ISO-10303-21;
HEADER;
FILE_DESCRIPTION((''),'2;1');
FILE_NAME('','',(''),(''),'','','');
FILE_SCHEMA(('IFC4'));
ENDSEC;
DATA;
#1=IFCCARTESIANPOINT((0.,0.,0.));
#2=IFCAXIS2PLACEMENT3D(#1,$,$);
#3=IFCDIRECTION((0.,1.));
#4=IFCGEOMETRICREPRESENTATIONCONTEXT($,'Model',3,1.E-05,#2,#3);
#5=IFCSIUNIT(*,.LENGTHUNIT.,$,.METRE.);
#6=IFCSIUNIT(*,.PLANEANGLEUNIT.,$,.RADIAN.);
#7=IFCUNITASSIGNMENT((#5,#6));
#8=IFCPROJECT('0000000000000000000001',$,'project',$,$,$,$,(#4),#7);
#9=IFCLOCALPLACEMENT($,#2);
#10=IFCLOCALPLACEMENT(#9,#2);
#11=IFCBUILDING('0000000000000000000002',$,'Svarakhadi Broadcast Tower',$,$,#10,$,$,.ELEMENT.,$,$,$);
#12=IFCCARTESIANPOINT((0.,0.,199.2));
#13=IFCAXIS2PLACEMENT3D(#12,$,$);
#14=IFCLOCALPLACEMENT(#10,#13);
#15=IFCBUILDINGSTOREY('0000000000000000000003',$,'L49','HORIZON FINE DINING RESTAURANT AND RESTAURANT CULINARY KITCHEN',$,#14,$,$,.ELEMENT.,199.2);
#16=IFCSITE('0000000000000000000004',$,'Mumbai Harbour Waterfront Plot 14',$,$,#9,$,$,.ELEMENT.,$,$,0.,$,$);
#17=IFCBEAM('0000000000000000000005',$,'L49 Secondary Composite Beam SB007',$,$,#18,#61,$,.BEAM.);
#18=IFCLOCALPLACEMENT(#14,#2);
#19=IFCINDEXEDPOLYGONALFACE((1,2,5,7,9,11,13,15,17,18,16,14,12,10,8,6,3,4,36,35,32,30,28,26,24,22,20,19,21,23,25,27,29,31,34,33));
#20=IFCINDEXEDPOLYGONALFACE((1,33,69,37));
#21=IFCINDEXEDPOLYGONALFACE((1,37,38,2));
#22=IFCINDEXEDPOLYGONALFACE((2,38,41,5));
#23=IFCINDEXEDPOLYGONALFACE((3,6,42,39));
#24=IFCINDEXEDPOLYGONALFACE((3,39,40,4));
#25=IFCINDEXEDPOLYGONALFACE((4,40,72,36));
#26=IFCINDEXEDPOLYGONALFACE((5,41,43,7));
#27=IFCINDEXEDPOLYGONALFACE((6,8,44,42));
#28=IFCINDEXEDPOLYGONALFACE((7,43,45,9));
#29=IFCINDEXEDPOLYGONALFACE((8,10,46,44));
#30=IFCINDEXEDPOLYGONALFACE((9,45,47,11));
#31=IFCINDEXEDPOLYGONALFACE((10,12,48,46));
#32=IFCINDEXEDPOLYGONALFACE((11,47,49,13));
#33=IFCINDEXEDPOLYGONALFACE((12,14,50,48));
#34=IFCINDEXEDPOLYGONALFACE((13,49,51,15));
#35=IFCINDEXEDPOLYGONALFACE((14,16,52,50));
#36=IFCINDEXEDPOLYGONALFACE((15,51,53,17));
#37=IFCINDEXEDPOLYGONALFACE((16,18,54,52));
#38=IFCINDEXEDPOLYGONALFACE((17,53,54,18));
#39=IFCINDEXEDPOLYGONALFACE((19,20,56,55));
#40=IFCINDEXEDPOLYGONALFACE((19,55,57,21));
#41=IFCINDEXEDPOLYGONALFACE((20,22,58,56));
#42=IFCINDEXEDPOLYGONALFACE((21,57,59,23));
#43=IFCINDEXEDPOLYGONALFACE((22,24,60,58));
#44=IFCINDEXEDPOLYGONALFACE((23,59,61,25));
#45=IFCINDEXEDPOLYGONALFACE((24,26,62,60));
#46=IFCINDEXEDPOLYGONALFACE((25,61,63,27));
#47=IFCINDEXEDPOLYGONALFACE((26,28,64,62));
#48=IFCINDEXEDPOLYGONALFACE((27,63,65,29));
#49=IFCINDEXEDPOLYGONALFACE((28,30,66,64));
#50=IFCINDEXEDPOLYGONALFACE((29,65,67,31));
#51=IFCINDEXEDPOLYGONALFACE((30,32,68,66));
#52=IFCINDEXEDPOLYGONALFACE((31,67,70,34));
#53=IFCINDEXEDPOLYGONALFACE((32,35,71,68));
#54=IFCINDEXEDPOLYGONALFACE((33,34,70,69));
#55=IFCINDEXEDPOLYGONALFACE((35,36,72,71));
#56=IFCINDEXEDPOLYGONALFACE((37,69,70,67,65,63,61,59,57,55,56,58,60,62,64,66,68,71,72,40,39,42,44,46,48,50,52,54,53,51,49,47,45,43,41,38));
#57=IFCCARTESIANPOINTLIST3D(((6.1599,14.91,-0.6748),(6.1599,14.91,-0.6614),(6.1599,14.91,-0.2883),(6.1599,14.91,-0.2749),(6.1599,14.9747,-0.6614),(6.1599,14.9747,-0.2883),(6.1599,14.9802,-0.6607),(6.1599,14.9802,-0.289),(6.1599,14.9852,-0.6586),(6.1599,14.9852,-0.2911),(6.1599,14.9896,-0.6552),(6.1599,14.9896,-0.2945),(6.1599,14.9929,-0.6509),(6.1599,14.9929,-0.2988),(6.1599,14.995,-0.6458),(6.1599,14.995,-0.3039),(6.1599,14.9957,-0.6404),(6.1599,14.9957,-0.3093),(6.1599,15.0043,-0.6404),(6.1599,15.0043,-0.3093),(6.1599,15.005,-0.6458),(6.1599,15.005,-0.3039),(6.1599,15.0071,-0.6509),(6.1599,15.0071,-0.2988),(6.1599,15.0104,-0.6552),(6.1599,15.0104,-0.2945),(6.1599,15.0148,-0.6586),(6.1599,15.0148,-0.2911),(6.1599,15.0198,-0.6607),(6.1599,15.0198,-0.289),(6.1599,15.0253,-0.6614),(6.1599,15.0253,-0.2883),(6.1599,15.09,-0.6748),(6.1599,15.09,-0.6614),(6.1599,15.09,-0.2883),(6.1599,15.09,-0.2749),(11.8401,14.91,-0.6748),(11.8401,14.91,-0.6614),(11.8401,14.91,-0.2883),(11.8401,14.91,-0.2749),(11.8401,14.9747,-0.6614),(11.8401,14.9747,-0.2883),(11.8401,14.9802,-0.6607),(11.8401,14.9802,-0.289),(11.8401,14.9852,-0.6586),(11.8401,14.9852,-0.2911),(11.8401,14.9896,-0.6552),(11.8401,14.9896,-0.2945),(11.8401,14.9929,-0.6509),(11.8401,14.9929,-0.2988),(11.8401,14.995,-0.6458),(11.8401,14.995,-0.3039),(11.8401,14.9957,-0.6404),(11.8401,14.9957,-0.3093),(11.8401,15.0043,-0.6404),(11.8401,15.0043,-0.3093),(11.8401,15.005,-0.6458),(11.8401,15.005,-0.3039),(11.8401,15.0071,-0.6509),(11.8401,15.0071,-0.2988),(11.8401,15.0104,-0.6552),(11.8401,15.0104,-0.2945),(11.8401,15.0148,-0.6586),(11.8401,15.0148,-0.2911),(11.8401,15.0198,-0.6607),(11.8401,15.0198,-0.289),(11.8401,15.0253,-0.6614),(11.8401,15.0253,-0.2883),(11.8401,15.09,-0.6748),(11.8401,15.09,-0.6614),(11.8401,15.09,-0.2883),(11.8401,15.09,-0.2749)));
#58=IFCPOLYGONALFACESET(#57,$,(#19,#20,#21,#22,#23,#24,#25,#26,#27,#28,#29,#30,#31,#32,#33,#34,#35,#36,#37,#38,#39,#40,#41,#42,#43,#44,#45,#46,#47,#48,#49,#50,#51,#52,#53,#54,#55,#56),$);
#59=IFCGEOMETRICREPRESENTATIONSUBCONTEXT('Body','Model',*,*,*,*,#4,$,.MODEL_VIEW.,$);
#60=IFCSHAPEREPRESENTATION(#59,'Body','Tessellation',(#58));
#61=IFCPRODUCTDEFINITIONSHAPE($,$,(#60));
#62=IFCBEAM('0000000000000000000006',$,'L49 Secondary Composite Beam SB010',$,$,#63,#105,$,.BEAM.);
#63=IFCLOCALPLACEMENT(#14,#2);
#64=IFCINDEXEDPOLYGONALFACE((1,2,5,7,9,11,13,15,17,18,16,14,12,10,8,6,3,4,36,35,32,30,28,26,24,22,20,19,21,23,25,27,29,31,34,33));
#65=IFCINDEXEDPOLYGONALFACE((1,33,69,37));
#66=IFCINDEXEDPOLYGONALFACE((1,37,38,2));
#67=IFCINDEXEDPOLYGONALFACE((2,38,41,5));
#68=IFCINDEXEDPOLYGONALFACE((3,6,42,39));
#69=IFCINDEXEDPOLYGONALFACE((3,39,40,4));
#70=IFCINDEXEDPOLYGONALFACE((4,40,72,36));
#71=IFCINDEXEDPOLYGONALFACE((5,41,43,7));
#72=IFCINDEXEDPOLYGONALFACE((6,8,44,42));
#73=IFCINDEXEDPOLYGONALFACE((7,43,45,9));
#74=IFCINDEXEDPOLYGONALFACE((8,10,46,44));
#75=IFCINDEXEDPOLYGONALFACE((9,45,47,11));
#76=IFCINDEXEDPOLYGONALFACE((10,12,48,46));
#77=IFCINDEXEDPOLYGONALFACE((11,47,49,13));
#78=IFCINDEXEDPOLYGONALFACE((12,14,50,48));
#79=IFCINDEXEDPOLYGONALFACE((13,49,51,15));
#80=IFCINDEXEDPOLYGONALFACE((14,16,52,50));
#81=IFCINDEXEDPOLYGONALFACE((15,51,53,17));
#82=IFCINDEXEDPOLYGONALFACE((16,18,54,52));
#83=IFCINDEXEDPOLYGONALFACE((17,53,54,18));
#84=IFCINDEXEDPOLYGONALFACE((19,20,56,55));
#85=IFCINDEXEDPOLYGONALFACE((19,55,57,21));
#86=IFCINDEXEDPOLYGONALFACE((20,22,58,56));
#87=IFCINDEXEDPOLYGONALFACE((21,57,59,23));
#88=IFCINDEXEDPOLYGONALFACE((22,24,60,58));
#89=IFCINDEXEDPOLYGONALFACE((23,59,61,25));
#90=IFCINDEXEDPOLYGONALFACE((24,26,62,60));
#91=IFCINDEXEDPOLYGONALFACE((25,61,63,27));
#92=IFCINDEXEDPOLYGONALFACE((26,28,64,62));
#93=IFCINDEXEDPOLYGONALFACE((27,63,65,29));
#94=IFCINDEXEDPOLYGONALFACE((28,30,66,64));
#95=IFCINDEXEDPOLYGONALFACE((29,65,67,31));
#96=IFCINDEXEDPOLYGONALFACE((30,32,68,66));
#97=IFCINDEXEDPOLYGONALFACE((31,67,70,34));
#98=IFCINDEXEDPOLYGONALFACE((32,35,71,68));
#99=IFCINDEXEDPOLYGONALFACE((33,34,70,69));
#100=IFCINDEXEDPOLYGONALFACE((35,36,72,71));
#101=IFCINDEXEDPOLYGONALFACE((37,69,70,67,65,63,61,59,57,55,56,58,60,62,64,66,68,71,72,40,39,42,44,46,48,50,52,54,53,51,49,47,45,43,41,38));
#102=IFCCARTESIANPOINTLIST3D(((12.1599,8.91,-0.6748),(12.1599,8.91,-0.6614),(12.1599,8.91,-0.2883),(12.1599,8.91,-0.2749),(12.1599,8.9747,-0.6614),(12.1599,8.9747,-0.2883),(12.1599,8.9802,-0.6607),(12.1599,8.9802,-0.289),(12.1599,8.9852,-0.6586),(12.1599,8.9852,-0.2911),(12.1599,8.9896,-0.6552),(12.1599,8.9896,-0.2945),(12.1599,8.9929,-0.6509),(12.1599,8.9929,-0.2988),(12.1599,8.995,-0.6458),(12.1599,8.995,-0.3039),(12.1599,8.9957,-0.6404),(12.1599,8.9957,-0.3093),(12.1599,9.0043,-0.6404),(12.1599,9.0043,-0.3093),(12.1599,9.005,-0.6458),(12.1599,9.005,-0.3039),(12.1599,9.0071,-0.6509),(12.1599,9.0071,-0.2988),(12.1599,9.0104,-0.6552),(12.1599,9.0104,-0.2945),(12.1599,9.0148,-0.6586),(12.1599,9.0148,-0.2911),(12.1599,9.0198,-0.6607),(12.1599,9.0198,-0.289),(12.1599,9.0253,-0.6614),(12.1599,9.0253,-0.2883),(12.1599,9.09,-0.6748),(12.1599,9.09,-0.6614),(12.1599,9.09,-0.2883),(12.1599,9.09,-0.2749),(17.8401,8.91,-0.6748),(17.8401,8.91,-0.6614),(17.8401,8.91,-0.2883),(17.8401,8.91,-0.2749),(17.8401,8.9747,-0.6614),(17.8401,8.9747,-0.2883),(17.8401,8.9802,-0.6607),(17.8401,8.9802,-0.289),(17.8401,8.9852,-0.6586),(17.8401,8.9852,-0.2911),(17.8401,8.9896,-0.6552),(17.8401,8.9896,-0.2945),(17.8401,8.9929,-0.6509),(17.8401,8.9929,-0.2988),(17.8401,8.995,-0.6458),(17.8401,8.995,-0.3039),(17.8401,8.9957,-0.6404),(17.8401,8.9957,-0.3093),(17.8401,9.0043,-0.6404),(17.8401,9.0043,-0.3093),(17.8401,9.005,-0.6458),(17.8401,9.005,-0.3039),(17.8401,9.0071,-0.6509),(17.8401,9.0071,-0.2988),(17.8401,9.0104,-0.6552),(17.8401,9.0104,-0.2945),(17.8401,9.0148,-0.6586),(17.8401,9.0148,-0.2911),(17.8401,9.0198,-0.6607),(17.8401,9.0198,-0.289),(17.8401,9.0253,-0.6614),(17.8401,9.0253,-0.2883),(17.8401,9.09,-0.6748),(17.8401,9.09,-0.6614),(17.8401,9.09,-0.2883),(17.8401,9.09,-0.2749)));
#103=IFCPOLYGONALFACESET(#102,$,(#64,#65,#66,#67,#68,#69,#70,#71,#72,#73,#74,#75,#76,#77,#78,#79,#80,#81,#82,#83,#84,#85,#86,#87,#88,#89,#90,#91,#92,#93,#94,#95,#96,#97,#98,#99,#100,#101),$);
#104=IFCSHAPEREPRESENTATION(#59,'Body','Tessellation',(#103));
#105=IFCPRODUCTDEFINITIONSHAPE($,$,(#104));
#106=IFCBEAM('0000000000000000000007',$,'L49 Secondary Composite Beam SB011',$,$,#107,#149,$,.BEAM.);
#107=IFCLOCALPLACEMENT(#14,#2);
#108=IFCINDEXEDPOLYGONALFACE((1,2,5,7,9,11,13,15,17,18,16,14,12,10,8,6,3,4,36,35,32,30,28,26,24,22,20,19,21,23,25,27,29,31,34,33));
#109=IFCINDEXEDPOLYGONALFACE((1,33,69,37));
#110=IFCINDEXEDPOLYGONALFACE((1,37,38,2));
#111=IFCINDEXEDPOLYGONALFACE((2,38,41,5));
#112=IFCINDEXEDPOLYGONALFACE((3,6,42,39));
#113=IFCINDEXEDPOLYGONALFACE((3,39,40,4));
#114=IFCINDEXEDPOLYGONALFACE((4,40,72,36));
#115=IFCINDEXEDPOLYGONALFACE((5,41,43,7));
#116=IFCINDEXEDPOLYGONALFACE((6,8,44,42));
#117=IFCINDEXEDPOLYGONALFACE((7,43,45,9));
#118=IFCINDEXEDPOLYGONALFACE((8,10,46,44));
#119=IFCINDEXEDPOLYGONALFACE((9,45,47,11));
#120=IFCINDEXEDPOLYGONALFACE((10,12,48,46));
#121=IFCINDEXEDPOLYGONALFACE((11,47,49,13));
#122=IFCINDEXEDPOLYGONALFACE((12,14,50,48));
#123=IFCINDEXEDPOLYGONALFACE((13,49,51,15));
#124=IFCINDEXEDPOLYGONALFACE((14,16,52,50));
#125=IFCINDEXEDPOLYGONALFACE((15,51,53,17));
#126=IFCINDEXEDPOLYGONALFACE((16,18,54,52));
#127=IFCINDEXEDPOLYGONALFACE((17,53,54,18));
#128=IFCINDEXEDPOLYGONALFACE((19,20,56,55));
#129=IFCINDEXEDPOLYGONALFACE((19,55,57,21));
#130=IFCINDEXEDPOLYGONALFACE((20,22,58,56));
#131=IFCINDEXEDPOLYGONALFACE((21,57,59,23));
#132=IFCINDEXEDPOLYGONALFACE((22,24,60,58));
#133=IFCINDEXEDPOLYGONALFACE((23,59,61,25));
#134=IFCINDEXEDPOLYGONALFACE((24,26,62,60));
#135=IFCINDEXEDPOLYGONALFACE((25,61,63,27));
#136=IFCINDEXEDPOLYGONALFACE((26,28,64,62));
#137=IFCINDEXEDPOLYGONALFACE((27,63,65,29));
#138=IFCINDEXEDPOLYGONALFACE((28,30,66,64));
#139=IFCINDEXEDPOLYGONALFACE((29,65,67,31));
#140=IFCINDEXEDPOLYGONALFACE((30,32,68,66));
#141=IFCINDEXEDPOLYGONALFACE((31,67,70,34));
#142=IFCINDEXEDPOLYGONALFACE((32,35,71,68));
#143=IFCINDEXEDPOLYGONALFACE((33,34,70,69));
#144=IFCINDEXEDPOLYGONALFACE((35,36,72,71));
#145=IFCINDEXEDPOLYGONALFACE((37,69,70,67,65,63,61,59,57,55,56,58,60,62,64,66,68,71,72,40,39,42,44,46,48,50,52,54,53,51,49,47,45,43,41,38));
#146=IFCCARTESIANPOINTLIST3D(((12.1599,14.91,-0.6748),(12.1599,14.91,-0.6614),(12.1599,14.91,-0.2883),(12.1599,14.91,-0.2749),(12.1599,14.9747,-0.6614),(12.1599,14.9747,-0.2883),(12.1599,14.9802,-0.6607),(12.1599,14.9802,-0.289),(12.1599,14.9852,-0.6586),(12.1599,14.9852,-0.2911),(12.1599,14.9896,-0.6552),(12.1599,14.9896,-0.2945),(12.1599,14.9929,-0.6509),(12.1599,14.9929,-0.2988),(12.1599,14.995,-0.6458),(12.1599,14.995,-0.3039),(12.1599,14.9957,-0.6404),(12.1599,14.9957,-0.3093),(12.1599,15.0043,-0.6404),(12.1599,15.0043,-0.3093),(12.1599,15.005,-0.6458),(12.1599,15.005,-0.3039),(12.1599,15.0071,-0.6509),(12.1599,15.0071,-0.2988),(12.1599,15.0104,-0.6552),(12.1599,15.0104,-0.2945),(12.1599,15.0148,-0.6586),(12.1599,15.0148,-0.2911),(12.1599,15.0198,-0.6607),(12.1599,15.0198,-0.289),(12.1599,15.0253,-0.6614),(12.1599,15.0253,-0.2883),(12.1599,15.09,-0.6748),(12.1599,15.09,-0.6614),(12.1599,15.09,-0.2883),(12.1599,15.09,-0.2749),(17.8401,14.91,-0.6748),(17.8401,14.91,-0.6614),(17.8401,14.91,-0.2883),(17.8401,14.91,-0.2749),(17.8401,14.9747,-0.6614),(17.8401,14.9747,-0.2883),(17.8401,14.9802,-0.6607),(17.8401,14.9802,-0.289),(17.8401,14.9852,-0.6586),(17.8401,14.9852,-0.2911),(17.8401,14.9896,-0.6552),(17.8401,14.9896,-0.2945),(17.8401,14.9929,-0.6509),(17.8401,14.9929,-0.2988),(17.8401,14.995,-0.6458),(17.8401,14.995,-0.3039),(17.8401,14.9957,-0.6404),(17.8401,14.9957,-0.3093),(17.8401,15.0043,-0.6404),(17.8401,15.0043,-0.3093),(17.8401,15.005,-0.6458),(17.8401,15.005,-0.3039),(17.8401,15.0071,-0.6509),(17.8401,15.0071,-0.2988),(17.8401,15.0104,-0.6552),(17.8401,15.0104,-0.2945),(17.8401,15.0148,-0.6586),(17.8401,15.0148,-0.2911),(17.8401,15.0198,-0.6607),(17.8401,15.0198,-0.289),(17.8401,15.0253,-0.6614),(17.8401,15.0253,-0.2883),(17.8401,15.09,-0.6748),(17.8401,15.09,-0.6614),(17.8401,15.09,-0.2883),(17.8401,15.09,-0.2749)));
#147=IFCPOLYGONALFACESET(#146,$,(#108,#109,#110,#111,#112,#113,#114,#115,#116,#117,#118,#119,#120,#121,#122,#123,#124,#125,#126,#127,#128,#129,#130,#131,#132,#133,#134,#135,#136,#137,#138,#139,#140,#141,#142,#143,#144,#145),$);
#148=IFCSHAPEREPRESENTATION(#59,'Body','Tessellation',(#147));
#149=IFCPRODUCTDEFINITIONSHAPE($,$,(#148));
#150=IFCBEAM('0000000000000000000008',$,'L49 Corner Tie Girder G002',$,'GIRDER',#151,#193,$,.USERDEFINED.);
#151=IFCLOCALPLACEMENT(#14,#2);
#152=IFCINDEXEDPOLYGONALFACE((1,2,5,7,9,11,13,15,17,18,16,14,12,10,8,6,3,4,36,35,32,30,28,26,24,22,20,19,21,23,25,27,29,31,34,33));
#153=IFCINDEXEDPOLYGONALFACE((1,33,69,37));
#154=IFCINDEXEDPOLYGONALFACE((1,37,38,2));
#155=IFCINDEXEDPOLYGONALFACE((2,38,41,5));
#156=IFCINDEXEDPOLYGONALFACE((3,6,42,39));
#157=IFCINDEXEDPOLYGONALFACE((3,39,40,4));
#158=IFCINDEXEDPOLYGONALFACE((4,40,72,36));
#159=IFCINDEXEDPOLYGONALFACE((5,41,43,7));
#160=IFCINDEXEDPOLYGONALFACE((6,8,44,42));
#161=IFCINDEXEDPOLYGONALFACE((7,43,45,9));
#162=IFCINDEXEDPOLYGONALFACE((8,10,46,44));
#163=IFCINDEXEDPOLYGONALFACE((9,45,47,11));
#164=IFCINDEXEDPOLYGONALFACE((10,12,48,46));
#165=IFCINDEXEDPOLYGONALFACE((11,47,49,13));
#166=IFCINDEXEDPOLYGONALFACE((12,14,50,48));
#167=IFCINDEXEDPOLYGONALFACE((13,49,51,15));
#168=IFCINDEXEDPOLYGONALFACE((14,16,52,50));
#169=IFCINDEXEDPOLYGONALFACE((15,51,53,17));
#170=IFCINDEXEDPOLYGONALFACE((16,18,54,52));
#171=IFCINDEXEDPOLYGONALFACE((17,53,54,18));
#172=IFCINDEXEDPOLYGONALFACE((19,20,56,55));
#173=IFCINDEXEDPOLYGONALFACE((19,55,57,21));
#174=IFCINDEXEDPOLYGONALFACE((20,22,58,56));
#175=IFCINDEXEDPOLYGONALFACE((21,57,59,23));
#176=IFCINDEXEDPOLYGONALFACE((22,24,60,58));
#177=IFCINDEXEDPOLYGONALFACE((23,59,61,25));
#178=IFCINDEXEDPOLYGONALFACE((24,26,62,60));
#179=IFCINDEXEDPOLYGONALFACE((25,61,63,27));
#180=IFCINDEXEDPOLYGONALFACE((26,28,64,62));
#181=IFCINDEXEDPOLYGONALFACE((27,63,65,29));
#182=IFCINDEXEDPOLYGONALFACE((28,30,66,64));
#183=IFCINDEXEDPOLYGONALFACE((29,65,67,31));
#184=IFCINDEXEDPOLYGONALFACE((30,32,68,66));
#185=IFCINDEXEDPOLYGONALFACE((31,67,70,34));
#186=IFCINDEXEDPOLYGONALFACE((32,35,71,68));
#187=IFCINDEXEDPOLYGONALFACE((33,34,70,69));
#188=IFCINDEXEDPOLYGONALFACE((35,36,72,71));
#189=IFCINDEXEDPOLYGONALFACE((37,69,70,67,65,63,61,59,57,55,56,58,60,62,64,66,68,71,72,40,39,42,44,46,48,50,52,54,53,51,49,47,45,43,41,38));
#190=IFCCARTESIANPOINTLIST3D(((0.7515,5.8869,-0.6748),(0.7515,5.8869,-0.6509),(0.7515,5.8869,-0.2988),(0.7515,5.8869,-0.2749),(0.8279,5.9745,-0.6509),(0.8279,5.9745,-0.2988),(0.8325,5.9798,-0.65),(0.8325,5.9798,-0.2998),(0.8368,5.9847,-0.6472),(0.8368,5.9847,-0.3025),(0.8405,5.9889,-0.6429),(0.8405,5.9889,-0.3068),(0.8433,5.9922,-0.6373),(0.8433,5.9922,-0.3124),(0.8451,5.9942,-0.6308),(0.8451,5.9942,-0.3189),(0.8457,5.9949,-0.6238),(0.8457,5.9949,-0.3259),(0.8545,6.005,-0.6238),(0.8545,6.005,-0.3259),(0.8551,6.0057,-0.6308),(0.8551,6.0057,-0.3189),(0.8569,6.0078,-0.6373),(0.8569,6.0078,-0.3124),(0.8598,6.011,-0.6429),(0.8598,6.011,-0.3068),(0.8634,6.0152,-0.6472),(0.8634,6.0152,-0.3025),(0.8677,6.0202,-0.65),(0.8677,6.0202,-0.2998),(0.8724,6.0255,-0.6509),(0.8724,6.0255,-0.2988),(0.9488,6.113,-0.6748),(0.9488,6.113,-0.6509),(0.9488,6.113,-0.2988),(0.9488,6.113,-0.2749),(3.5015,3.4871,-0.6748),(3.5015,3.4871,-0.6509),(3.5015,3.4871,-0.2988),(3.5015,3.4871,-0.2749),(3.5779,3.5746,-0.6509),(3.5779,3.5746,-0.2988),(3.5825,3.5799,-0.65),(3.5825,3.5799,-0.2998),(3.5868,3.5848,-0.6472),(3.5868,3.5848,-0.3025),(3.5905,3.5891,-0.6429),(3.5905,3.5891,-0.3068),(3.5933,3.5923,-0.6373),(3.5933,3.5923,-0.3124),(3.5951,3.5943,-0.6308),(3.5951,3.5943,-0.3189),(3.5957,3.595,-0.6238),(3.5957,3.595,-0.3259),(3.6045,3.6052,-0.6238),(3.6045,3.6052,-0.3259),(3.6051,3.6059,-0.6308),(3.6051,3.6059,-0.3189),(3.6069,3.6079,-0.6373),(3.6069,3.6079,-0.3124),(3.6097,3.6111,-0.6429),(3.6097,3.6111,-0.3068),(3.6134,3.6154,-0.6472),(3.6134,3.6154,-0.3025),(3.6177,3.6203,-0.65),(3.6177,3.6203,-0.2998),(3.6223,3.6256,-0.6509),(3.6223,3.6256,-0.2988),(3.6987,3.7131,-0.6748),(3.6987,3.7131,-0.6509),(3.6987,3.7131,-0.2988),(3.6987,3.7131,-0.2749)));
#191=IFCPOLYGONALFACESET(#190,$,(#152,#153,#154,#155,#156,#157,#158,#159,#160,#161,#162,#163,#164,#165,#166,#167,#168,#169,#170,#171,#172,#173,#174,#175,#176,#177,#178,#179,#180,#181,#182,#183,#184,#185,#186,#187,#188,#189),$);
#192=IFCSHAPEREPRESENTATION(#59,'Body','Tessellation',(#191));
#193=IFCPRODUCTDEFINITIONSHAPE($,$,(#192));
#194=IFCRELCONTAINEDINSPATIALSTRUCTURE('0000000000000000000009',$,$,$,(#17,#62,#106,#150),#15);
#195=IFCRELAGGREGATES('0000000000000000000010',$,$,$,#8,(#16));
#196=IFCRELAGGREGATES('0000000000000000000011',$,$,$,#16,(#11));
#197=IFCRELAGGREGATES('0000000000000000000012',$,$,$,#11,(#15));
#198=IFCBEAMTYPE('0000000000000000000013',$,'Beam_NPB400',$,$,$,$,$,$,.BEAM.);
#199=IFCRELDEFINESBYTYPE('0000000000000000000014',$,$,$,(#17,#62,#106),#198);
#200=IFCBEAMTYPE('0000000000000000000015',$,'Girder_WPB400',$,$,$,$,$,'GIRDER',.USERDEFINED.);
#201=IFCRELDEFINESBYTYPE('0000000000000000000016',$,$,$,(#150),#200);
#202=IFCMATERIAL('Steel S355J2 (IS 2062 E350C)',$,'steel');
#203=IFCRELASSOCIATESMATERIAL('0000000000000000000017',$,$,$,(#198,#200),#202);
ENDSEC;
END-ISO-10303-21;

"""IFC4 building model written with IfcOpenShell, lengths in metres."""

from ifc_helpers import new_model, si_unit, direction, frame, origin, origin_2d, place, context, subcontext, project, spatial, i_section, extrude, material, material_profile, profile_set, type_object, element, save


model = new_model("IFC4")

# Units and contexts
model_context = context("Model", 3, precision=1e-05, world=origin(), true_north=direction((0.0, 1.0)))
body_context = subcontext(model_context, "Body", "Model", "MODEL_VIEW")
ifc_project = project(units=[si_unit("LENGTHUNIT", "METRE"), si_unit("PLANEANGLEUNIT", "RADIAN")], contexts=[model_context])

# Site, building, storey
site_placement = place(None, origin())
site = spatial("IfcSite", under=ifc_project, at=site_placement, Name="Mumbai Harbour Waterfront Plot 14", CompositionType="ELEMENT", RefElevation=0.0)
building_placement = place(site_placement, origin())
building = spatial("IfcBuilding", under=site, at=building_placement, Name="Svarakhadi Broadcast Tower", CompositionType="ELEMENT")
storey_placement = place(building_placement, frame((0.0, 0.0, 199.2)))
storey = spatial("IfcBuildingStorey", under=building, at=storey_placement, Name="L49", Description="HORIZON FINE DINING RESTAURANT AND RESTAURANT CULINARY KITCHEN", CompositionType="ELEMENT", Elevation=199.2)

# Beams
ifc_material_1 = material(Name="Steel S355J2 (IS 2062 E350C)", Category="steel")
ifc_material_profile_1 = material_profile(ifc_material_1, i_section(OverallWidth=0.1799, OverallDepth=0.3999, WebThickness=0.0085, FlangeThickness=0.0134, FilletRadius=0.021, at=origin_2d()), Name="NPB 400x180x66")
ifc_profile_set_1 = profile_set([ifc_material_profile_1], Name="Steel S355J2 (IS 2062 E350C)")
beam_type_1 = type_object("IfcBeamType", Name="Beam_NPB400", PredefinedType="BEAM", material=ifc_profile_set_1)
for number, where, z_axis, x_axis, name in (
    (1, (6.1599, 15.0, -0.4749), (1.0, 0.0, 0.0), (0.0, 1.0, 0.0), "L49 Secondary Composite Beam SB007"),
    (2, (12.1599, 9.0, -0.4749), (1.0, 0.0, 0.0), (0.0, 1.0, 0.0), "L49 Secondary Composite Beam SB010"),
    (3, (12.1599, 15.0, -0.4749), (1.0, 0.0, 0.0), (0.0, 1.0, 0.0), "L49 Secondary Composite Beam SB011"),
):
    element("IfcBeam", number, at=place(storey_placement, frame(where, z_axis=z_axis, x_axis=x_axis)), inside=storey, type_object=beam_type_1, Name=name, PredefinedType="BEAM", context=body_context, shape_type="SweptSolid", body=[
        extrude(i_section(OverallWidth=0.1799, OverallDepth=0.3999, WebThickness=0.0085, FlangeThickness=0.0134, FilletRadius=0.021, at=origin_2d()), origin(), (0.0, 0.0, 1.0), 5.6802),
    ])
ifc_material_profile_2 = material_profile(ifc_material_1, i_section(OverallWidth=0.3, OverallDepth=0.3999, WebThickness=0.0134, FlangeThickness=0.0239, FilletRadius=0.0271, at=origin_2d()), Name="WPB 400x300x155")
ifc_profile_set_2 = profile_set([ifc_material_profile_2], Name="Steel S355J2 (IS 2062 E350C)")
beam_type_2 = type_object("IfcBeamType", Name="Girder_WPB400", ElementType="GIRDER", PredefinedType="USERDEFINED", material=ifc_profile_set_2)
for number, where, z_axis, x_axis, name in (
    (4, (3.6001, 3.6001, -0.4749), (-0.753438, 0.657519, 0.0), (-0.657519, -0.753438, 0.0), "L49 Corner Tie Girder G002"),
):
    element("IfcBeam", number, at=place(storey_placement, frame(where, z_axis=z_axis, x_axis=x_axis)), inside=storey, type_object=beam_type_2, Name=name, ObjectType="GIRDER", PredefinedType="USERDEFINED", context=body_context, shape_type="SweptSolid", body=[
        extrude(i_section(OverallWidth=0.3, OverallDepth=0.3999, WebThickness=0.0134, FlangeThickness=0.0239, FilletRadius=0.0271, at=origin_2d()), origin(), (0.0, 0.0, 1.0), 3.6499),
    ])

save(model, "model.ifc")
